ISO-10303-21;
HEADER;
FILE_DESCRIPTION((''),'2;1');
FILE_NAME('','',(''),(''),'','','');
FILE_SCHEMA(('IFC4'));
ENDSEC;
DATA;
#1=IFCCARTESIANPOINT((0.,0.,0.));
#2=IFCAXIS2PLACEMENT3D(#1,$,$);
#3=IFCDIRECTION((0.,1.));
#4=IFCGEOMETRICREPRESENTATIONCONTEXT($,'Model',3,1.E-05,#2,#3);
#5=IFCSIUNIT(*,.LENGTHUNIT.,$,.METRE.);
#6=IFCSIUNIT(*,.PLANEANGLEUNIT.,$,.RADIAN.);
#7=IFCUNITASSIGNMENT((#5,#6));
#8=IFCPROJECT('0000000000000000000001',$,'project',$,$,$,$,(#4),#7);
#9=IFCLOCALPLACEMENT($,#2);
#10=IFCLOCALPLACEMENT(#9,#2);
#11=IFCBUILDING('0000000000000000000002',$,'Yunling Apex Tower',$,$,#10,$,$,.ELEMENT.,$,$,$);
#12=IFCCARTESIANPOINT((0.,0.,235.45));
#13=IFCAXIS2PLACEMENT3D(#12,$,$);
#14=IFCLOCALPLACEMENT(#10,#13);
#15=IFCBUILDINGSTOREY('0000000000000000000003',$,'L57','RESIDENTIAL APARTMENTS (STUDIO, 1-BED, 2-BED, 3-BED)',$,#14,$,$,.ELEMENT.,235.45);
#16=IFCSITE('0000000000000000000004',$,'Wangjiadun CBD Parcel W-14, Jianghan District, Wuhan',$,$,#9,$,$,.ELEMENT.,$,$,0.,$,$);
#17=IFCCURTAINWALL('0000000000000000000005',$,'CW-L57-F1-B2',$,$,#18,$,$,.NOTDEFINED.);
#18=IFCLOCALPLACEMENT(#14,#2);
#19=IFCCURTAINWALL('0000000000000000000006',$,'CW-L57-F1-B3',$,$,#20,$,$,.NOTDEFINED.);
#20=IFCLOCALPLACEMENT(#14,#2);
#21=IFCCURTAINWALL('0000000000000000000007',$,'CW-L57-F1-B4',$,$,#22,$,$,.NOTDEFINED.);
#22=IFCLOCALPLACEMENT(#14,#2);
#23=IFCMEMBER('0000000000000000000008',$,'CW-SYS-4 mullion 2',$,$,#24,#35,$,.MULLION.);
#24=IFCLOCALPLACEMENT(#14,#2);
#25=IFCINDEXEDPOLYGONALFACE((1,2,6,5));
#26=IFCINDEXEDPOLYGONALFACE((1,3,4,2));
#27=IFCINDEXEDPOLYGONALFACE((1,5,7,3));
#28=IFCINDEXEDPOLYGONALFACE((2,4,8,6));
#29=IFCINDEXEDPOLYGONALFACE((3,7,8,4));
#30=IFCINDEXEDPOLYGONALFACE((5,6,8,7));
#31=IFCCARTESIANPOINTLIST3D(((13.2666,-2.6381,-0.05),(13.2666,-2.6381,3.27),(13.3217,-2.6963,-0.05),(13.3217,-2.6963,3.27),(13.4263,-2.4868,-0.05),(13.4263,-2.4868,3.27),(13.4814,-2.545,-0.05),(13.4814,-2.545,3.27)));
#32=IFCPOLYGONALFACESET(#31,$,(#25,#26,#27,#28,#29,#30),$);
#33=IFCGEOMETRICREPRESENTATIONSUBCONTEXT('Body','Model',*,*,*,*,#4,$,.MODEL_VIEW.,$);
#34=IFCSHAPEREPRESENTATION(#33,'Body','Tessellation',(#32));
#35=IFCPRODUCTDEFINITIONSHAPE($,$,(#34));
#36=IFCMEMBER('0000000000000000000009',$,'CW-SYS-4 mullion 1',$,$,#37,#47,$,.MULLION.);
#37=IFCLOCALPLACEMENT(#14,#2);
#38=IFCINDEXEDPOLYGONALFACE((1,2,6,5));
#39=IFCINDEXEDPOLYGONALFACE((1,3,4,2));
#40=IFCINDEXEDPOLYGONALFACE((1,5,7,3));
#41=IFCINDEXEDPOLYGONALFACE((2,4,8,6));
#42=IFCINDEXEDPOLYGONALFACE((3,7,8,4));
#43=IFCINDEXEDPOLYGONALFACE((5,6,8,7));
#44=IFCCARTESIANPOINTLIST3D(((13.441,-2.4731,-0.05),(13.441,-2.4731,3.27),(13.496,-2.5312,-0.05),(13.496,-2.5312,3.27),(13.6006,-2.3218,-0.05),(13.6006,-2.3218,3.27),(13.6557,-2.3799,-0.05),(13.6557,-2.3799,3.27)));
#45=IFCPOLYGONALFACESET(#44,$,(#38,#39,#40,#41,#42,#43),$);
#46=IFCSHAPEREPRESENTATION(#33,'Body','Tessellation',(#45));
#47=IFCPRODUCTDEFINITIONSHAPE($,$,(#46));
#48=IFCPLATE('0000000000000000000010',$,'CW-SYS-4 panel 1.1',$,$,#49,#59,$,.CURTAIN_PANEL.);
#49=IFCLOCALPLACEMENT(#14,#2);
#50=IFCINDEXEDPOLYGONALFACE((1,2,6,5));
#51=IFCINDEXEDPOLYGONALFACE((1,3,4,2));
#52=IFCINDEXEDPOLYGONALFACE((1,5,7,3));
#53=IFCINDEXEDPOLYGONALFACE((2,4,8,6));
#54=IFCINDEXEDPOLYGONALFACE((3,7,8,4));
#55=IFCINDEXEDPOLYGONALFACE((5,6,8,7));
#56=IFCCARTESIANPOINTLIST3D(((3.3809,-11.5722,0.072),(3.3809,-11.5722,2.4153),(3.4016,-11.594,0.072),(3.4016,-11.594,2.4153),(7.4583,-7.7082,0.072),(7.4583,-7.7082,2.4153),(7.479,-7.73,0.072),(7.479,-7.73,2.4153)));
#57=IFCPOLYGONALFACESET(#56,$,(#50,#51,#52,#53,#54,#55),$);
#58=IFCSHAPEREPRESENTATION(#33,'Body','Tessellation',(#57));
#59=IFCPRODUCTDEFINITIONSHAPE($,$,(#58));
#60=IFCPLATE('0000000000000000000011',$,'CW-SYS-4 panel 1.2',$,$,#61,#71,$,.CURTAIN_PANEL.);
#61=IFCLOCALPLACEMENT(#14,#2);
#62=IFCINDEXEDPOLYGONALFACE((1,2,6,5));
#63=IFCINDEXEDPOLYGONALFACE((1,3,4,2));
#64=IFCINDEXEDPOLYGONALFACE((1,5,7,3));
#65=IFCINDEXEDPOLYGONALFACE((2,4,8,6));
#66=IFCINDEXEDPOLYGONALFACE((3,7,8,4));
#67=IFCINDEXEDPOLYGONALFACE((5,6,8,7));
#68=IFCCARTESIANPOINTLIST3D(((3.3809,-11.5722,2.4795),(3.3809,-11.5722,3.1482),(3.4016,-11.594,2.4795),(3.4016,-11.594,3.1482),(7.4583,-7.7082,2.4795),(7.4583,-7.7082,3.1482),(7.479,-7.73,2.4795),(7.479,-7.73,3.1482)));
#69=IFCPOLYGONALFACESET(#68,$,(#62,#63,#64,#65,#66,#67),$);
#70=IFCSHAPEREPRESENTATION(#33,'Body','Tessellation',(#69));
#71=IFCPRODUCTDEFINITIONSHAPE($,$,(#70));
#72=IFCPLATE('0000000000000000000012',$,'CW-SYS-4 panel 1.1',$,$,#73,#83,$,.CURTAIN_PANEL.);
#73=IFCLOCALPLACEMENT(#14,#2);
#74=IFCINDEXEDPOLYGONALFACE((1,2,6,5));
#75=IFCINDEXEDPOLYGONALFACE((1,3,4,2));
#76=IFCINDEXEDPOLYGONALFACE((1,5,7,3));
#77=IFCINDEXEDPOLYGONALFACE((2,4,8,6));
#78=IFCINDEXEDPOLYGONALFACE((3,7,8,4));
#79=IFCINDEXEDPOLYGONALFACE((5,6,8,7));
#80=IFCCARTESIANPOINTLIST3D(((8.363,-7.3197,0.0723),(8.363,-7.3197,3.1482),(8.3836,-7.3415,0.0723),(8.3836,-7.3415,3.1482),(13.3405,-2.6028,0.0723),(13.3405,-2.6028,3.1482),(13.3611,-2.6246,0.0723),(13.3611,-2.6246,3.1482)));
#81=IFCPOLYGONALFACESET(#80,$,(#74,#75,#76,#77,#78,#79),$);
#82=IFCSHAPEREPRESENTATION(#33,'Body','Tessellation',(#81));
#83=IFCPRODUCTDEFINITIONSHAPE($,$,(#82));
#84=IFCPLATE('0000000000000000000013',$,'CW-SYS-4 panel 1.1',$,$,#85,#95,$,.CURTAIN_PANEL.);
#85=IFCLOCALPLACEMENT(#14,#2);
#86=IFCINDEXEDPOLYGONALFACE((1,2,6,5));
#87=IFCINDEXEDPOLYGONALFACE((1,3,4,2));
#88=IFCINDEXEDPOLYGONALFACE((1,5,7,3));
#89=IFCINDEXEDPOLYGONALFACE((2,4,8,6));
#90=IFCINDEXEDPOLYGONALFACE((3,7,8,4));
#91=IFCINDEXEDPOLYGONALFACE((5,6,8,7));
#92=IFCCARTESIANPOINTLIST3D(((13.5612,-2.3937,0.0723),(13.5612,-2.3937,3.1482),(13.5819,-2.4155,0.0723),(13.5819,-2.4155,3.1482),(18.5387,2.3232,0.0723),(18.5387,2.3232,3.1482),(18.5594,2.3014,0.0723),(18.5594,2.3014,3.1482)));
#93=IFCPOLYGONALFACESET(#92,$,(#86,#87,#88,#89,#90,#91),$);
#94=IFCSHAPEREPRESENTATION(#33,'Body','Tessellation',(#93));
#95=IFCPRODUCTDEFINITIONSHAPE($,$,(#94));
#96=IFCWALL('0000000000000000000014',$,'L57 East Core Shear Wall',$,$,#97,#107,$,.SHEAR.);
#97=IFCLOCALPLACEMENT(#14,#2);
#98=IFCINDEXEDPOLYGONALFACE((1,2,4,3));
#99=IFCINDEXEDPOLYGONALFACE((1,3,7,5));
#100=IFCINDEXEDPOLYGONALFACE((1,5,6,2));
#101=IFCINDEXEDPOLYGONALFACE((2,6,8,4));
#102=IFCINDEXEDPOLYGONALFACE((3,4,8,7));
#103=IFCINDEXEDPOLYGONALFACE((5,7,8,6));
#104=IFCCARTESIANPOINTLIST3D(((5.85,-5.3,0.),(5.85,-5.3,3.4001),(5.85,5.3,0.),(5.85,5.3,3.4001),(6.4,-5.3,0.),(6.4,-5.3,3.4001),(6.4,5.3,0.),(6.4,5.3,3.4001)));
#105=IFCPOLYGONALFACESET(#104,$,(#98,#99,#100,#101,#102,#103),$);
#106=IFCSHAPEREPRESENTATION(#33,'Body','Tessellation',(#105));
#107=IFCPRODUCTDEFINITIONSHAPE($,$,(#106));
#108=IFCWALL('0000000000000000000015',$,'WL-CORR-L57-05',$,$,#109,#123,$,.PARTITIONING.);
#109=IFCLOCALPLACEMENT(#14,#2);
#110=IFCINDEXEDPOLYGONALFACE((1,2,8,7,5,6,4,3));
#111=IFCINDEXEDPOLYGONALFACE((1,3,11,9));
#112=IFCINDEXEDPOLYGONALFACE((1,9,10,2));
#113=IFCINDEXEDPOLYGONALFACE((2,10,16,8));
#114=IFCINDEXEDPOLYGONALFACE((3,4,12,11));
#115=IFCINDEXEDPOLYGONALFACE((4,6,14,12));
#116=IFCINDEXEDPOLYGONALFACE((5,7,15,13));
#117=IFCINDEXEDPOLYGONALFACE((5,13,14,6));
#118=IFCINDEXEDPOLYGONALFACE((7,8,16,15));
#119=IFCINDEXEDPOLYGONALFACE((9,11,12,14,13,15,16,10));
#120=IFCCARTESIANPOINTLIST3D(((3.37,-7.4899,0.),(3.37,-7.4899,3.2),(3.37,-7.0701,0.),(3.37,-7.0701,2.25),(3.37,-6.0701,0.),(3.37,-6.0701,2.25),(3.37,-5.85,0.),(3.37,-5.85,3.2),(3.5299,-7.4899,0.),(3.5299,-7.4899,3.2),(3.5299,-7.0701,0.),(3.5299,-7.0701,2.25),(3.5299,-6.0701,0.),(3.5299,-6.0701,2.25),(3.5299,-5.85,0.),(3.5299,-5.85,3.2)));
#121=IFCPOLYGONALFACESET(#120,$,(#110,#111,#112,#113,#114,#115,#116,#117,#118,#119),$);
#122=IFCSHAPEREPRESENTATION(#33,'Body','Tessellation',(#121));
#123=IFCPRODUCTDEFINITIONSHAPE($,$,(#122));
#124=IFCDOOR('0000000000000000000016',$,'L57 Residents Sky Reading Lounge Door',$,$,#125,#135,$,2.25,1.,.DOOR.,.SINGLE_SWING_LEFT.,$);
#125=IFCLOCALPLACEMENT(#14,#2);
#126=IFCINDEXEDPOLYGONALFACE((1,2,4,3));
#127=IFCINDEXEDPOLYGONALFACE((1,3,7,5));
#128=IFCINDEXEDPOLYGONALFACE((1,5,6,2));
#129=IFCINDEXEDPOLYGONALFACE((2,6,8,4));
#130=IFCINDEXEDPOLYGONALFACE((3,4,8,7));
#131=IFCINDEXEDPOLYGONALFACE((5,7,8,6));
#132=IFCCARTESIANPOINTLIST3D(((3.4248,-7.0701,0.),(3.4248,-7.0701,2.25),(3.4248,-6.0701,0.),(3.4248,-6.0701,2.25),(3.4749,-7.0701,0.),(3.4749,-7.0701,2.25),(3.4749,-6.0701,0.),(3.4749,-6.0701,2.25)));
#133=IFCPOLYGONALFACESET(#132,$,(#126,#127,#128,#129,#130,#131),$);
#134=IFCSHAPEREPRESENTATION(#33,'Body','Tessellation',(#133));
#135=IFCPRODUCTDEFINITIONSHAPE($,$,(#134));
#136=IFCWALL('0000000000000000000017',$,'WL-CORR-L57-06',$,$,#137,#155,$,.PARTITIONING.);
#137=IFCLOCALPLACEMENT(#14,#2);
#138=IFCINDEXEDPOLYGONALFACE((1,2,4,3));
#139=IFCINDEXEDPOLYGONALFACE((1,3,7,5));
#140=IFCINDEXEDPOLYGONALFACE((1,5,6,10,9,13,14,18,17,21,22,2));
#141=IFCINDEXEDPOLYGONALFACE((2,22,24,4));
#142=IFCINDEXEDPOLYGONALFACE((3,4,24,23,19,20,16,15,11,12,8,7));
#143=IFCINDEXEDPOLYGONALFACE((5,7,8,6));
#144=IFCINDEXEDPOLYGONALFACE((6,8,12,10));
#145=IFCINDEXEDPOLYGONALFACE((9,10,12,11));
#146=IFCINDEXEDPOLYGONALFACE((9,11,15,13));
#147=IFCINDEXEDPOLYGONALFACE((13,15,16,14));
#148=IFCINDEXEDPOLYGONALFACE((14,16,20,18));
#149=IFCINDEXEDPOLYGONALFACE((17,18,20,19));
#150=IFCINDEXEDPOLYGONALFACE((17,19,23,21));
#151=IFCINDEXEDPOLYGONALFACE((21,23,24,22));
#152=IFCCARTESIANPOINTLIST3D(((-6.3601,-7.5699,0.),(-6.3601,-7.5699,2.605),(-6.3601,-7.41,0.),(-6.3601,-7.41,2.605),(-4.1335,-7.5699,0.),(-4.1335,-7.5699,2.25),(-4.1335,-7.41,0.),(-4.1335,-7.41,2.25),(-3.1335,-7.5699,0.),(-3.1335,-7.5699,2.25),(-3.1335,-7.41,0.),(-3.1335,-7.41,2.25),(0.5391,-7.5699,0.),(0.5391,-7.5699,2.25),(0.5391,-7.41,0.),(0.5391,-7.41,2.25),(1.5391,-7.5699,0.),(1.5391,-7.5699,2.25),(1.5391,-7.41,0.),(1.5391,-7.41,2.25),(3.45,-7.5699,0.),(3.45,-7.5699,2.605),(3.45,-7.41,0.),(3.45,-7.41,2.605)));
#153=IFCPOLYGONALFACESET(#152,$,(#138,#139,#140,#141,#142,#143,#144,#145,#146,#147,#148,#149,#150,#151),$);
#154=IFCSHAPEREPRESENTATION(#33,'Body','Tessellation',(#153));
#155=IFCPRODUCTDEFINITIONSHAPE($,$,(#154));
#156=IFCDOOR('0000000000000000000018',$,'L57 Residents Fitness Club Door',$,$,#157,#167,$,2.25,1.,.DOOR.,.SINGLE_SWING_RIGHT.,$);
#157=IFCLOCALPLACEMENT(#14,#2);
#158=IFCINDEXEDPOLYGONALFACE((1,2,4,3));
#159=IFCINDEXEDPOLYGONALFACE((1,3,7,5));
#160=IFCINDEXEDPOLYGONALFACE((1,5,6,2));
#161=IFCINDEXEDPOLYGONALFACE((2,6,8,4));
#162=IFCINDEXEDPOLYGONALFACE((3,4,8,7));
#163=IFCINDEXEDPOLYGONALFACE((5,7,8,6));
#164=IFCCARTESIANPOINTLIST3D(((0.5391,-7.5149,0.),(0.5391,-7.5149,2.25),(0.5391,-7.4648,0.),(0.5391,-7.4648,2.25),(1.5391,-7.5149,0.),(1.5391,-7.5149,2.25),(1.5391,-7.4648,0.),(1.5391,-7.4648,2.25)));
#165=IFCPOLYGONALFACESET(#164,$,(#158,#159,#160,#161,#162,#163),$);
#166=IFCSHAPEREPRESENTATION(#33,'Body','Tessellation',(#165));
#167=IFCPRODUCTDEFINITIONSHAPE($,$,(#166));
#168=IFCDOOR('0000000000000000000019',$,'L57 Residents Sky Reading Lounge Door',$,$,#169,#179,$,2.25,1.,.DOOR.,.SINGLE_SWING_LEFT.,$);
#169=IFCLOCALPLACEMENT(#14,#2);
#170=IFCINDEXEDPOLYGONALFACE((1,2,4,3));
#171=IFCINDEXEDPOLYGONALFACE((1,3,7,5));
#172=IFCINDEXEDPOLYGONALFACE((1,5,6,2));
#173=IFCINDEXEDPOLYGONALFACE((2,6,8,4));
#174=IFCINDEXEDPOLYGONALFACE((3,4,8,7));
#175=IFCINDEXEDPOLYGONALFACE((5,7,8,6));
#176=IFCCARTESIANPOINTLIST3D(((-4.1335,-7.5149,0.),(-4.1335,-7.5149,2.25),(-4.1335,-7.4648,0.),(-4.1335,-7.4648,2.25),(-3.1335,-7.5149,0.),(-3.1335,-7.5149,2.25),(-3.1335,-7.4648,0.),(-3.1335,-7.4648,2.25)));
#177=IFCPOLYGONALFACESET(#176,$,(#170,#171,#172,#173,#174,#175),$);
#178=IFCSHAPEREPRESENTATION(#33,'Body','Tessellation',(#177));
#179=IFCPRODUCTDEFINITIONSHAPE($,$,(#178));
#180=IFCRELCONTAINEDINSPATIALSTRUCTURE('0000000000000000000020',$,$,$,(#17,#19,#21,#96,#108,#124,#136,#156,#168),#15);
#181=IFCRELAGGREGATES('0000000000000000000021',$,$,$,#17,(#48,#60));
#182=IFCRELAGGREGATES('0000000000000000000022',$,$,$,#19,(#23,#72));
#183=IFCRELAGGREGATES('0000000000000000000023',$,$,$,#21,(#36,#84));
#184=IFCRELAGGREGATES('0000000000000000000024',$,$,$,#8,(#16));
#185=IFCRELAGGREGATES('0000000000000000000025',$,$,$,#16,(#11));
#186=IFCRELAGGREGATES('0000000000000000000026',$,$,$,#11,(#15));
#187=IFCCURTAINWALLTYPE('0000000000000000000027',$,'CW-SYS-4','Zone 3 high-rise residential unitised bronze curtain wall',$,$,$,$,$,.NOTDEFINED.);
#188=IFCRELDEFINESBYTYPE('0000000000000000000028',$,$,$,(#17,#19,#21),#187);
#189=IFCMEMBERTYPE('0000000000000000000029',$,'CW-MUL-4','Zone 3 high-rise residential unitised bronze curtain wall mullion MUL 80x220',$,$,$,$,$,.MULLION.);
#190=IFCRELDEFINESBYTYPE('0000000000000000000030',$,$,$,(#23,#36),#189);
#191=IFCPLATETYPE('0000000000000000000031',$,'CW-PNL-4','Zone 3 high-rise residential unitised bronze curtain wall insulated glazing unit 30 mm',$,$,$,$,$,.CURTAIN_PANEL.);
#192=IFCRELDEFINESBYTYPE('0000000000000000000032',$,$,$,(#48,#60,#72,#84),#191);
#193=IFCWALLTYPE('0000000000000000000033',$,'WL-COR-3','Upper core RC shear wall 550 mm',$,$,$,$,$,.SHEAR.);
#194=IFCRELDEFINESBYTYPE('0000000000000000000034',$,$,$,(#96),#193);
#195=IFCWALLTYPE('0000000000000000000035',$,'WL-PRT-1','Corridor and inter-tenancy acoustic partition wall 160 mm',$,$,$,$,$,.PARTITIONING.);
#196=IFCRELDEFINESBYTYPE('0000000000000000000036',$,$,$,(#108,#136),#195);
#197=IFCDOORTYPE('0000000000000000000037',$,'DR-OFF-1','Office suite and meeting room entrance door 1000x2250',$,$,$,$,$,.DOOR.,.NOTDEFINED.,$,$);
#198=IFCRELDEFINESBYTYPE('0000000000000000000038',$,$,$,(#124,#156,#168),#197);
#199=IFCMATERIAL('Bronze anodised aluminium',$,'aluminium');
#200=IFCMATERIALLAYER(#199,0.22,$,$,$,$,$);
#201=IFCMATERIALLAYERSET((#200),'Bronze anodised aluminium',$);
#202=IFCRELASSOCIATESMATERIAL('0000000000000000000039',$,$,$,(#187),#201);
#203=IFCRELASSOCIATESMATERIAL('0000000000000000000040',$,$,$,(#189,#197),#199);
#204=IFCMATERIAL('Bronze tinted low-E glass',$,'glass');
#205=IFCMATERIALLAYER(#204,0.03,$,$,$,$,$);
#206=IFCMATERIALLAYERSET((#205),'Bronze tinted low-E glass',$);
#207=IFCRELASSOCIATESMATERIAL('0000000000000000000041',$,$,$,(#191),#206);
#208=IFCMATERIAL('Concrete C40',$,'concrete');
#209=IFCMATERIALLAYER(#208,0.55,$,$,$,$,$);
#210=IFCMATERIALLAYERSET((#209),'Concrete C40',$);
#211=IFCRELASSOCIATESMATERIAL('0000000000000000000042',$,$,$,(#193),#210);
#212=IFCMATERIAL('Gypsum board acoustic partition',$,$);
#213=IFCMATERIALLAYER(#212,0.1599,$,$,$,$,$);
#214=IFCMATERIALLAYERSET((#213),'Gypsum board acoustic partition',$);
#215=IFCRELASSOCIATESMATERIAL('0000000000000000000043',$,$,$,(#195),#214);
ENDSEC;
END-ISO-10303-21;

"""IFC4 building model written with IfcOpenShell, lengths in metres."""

from ifc_helpers import new_model, si_unit, direction, frame, frame_2d, origin, origin_2d, place, context, subcontext, project, spatial, rectangle, extrude, source, transform, mapped, material, layer, layer_set, material_profile, profile_set, type_object, element, fill, aggregate, save


model = new_model("IFC4")

# Units and contexts
model_context = context("Model", 3, precision=1e-05, world=origin(), true_north=direction((0.0, 1.0)))
body_context = subcontext(model_context, "Body", "Model", "MODEL_VIEW")
ifc_project = project(units=[si_unit("LENGTHUNIT", "METRE"), si_unit("PLANEANGLEUNIT", "RADIAN")], contexts=[model_context])

# Site, building, storey
site_placement = place(None, origin())
site = spatial("IfcSite", under=ifc_project, at=site_placement, Name="Wangjiadun CBD Parcel W-14, Jianghan District, Wuhan", CompositionType="ELEMENT", RefElevation=0.0)
building_placement = place(site_placement, origin())
building = spatial("IfcBuilding", under=site, at=building_placement, Name="Yunling Apex Tower", CompositionType="ELEMENT")
storey_placement = place(building_placement, frame((0.0, 0.0, 235.45)))
storey = spatial("IfcBuildingStorey", under=building, at=storey_placement, Name="L57", Description="RESIDENTIAL APARTMENTS (STUDIO, 1-BED, 2-BED, 3-BED)", CompositionType="ELEMENT", Elevation=235.45)

# Curtain walls
ifc_material_1 = material(Name="Bronze anodised aluminium", Category="aluminium")
ifc_layer_1 = layer(ifc_material_1, 0.22)
ifc_layer_set_1 = layer_set([ifc_layer_1], Name="Bronze anodised aluminium")
curtain_wall_type = type_object("IfcCurtainWallType", Name="CW-SYS-4", Description="Zone 3 high-rise residential unitised bronze curtain wall", PredefinedType="NOTDEFINED", material=ifc_layer_set_1)
curtain_wall_1_placement = place(storey_placement, origin())
curtain_wall_1 = element("IfcCurtainWall", 1, at=curtain_wall_1_placement, inside=storey, type_object=curtain_wall_type, Name="CW-L57-F1-B2", PredefinedType="NOTDEFINED")
curtain_wall_2_placement = place(storey_placement, origin())
curtain_wall_2 = element("IfcCurtainWall", 2, at=curtain_wall_2_placement, inside=storey, type_object=curtain_wall_type, Name="CW-L57-F1-B3", PredefinedType="NOTDEFINED")
curtain_wall_3_placement = place(storey_placement, origin())
curtain_wall_3 = element("IfcCurtainWall", 3, at=curtain_wall_3_placement, inside=storey, type_object=curtain_wall_type, Name="CW-L57-F1-B4", PredefinedType="NOTDEFINED")

# Members
ifc_material_profile_1 = material_profile(ifc_material_1, rectangle(XDim=0.0801, YDim=0.22, at=origin_2d()))
ifc_profile_set_1 = profile_set([ifc_material_profile_1], Name="Bronze anodised aluminium")
member_type_1 = type_object("IfcMemberType", Name="CW-MUL-4", Description="Zone 3 high-rise residential unitised bronze curtain wall mullion MUL 80x220", PredefinedType="MULLION", material=ifc_profile_set_1)
shared_shape_1 = source(origin(), body_context, "Body", "SweptSolid", [
    extrude(rectangle(XDim=0.0801, YDim=0.22, at=origin_2d()), origin(), (0.0, 0.0, 1.0), 3.3201),
])
member_1_placement = place(storey_placement, frame((13.374, -2.5916, -0.05), z_axis=(0.0, 0.0, 1.0), x_axis=(-0.687848, 0.725855, 0.0)))
member_1 = element("IfcMember", 4, at=member_1_placement, type_object=member_type_1, Name="CW-SYS-4 mullion 2", PredefinedType="MULLION", context=body_context, shape_type="MappedRepresentation", body=[
    mapped(shared_shape_1, transform((0.0, 0.0, 0.0), scale=1.0)),
])
member_2_placement = place(storey_placement, frame((13.5483, -2.4265, -0.05), z_axis=(0.0, 0.0, 1.0), x_axis=(-0.687848, 0.725855, 0.0)))
member_2 = element("IfcMember", 5, at=member_2_placement, type_object=member_type_1, Name="CW-SYS-4 mullion 1", PredefinedType="MULLION", context=body_context, shape_type="MappedRepresentation", body=[
    mapped(shared_shape_1, transform((0.0, 0.0, 0.0), scale=1.0)),
])

# Plates
ifc_material_2 = material(Name="Bronze tinted low-E glass", Category="glass")
ifc_layer_2 = layer(ifc_material_2, 0.03)
ifc_layer_set_2 = layer_set([ifc_layer_2], Name="Bronze tinted low-E glass")
plate_type = type_object("IfcPlateType", Name="CW-PNL-4", Description="Zone 3 high-rise residential unitised bronze curtain wall insulated glazing unit 30 mm", PredefinedType="CURTAIN_PANEL", material=ifc_layer_set_2)
shared_shape_2 = source(origin(), body_context, "Body", "SweptSolid", [
    extrude(rectangle(XDim=5.6174, YDim=0.03, at=origin_2d()), origin(), (0.0, 0.0, 1.0), 2.3433),
])
plate_1_placement = place(storey_placement, frame((5.4299, -9.6511, 0.072), z_axis=(0.0, 0.0, 1.0), x_axis=(0.725849, 0.687854, 0.0)))
plate_1 = element("IfcPlate", 6, at=plate_1_placement, type_object=plate_type, Name="CW-SYS-4 panel 1.1", PredefinedType="CURTAIN_PANEL", context=body_context, shape_type="MappedRepresentation", body=[
    mapped(shared_shape_2, transform((0.0, 0.0, 0.0), scale=1.0)),
])
shared_shape_3 = source(origin(), body_context, "Body", "SweptSolid", [
    extrude(rectangle(XDim=5.6174, YDim=0.03, at=origin_2d()), origin(), (0.0, 0.0, 1.0), 0.6687),
])
plate_2_placement = place(storey_placement, frame((5.4299, -9.6511, 2.4795), z_axis=(0.0, 0.0, 1.0), x_axis=(0.725849, 0.687854, 0.0)))
plate_2 = element("IfcPlate", 7, at=plate_2_placement, type_object=plate_type, Name="CW-SYS-4 panel 1.2", PredefinedType="CURTAIN_PANEL", context=body_context, shape_type="MappedRepresentation", body=[
    mapped(shared_shape_3, transform((0.0, 0.0, 0.0), scale=1.0)),
])
aggregate(curtain_wall_1, [plate_1, plate_2])
shared_shape_4 = source(origin(), body_context, "Body", "SweptSolid", [
    extrude(rectangle(XDim=6.8574, YDim=0.03, at=origin_2d()), origin(), (0.0, 0.0, 1.0), 3.0759),
])
plate_3_placement = place(storey_placement, frame((10.8621, -4.9722, 0.0723), z_axis=(0.0, 0.0, 1.0), x_axis=(0.725855, 0.687848, 0.0)))
plate_3 = element("IfcPlate", 8, at=plate_3_placement, type_object=plate_type, Name="CW-SYS-4 panel 1.1", PredefinedType="CURTAIN_PANEL", context=body_context, shape_type="MappedRepresentation", body=[
    mapped(shared_shape_4, transform((0.0, 0.0, 0.0), scale=1.0)),
])
aggregate(curtain_wall_2, [member_1, plate_3])
plate_4_placement = place(storey_placement, frame((16.0603, -0.0461, 0.0723), z_axis=(0.0, 0.0, 1.0), x_axis=(0.725855, 0.687848, 0.0)))
plate_4 = element("IfcPlate", 9, at=plate_4_placement, type_object=plate_type, Name="CW-SYS-4 panel 1.1", PredefinedType="CURTAIN_PANEL", context=body_context, shape_type="MappedRepresentation", body=[
    mapped(shared_shape_4, transform((0.0, 0.0, 0.0), scale=1.0)),
])
aggregate(curtain_wall_3, [member_2, plate_4])

# Wall
ifc_material_3 = material(Name="Concrete C40", Category="concrete")
ifc_layer_3 = layer(ifc_material_3, 0.55)
ifc_layer_set_3 = layer_set([ifc_layer_3], Name="Concrete C40")
wall_type_1 = type_object("IfcWallType", Name="WL-COR-3", Description="Upper core RC shear wall 550 mm", PredefinedType="SHEAR", material=ifc_layer_set_3)
wall_1_placement = place(storey_placement, frame((6.125, -5.3, 0.0), z_axis=(0.0, 0.0, 1.0), x_axis=(0.0, 1.0, 0.0)))
element("IfcWall", 10, at=wall_1_placement, inside=storey, type_object=wall_type_1, Name="L57 East Core Shear Wall", PredefinedType="SHEAR", context=body_context, shape_type="SweptSolid", body=[
    extrude(rectangle(XDim=10.6001, YDim=0.55, at=frame_2d((5.3, 0.0))), origin(), (0.0, 0.0, 1.0), 3.4001),
])

# Wall, opening, door
ifc_material_4 = material(Name="Gypsum board acoustic partition")
ifc_layer_4 = layer(ifc_material_4, 0.1599)
ifc_layer_set_4 = layer_set([ifc_layer_4], Name="Gypsum board acoustic partition")
wall_type_2 = type_object("IfcWallType", Name="WL-PRT-1", Description="Corridor and inter-tenancy acoustic partition wall 160 mm", PredefinedType="PARTITIONING", material=ifc_layer_set_4)
wall_2_placement = place(storey_placement, frame((3.45, -5.8501, 0.0), z_axis=(0.0, 0.0, 1.0), x_axis=(0.0, -1.0, 0.0)))
wall_2 = element("IfcWall", 11, at=wall_2_placement, inside=storey, type_object=wall_type_2, Name="WL-CORR-L57-05", PredefinedType="PARTITIONING", context=body_context, shape_type="SweptSolid", body=[
    extrude(rectangle(XDim=1.6399, YDim=0.1599, at=frame_2d((0.8198, 0.0))), origin(), (0.0, 0.0, 1.0), 3.2),
])
opening_1_placement = place(wall_2_placement, frame((0.22, 0.0, 0.0)))
opening_1 = element("IfcOpeningElement", 12, at=opening_1_placement, cuts=wall_2, PredefinedType="OPENING", context=body_context, shape_type="SweptSolid", body=[
    extrude(rectangle(XDim=1.0, YDim=2.25, at=frame_2d((0.5, 1.125))), frame((0.0, 0.0898, 0.0), z_axis=(0.0, -1.0, 0.0), x_axis=(1.0, 0.0, 0.0)), (0.0, 0.0, 1.0), 0.1799),
])
door_type_1 = type_object("IfcDoorType", Name="DR-OFF-1", Description="Office suite and meeting room entrance door 1000x2250", OperationType="NOTDEFINED", PredefinedType="DOOR", material=ifc_material_1)
door_1_placement = place(opening_1_placement, origin())
door_1 = element("IfcDoor", 13, at=door_1_placement, inside=storey, type_object=door_type_1, Name="L57 Residents Sky Reading Lounge Door", OperationType="SINGLE_SWING_LEFT", OverallHeight=2.25, OverallWidth=1.0, PredefinedType="DOOR", context=body_context, shape_type="SweptSolid", body=[
    extrude(rectangle(XDim=1.0, YDim=2.25, at=frame_2d((0.5, 1.125))), frame((0.0, 0.0249, 0.0), z_axis=(0.0, -1.0, 0.0), x_axis=(1.0, 0.0, 0.0)), (0.0, 0.0, 1.0), 0.05),
])
fill(opening_1, door_1)

# Wall, openings, doors
wall_3_placement = place(storey_placement, frame((3.45, -7.49, 0.0), z_axis=(0.0, 0.0, 1.0), x_axis=(-1.0, 0.0, 0.0)))
wall_3 = element("IfcWall", 14, at=wall_3_placement, inside=storey, type_object=wall_type_2, Name="WL-CORR-L57-06", PredefinedType="PARTITIONING", context=body_context, shape_type="SweptSolid", body=[
    extrude(rectangle(XDim=9.8101, YDim=0.1599, at=frame_2d((4.905, 0.0))), origin(), (0.0, 0.0, 1.0), 2.605),
])
opening_2_placement = place(wall_3_placement, frame((1.9109, 0.0, 0.0)))
opening_2 = element("IfcOpeningElement", 15, at=opening_2_placement, cuts=wall_3, PredefinedType="OPENING", context=body_context, shape_type="SweptSolid", body=[
    extrude(rectangle(XDim=1.0, YDim=2.25, at=frame_2d((0.5, 1.125))), frame((0.0, 0.0898, 0.0), z_axis=(0.0, -1.0, 0.0), x_axis=(1.0, 0.0, 0.0)), (0.0, 0.0, 1.0), 0.1799),
])
opening_3_placement = place(wall_3_placement, frame((6.5835, 0.0, 0.0)))
opening_3 = element("IfcOpeningElement", 16, at=opening_3_placement, cuts=wall_3, PredefinedType="OPENING", context=body_context, shape_type="SweptSolid", body=[
    extrude(rectangle(XDim=1.0, YDim=2.25, at=frame_2d((0.5, 1.125))), frame((0.0, 0.0898, 0.0), z_axis=(0.0, -1.0, 0.0), x_axis=(1.0, 0.0, 0.0)), (0.0, 0.0, 1.0), 0.1799),
])
door_2_placement = place(opening_2_placement, origin())
door_2 = element("IfcDoor", 17, at=door_2_placement, inside=storey, type_object=door_type_1, Name="L57 Residents Fitness Club Door", OperationType="SINGLE_SWING_RIGHT", OverallHeight=2.25, OverallWidth=1.0, PredefinedType="DOOR", context=body_context, shape_type="SweptSolid", body=[
    extrude(rectangle(XDim=1.0, YDim=2.25, at=frame_2d((0.5, 1.125))), frame((0.0, 0.0249, 0.0), z_axis=(0.0, -1.0, 0.0), x_axis=(1.0, 0.0, 0.0)), (0.0, 0.0, 1.0), 0.05),
])
fill(opening_2, door_2)
door_3_placement = place(opening_3_placement, origin())
door_3 = element("IfcDoor", 18, at=door_3_placement, inside=storey, type_object=door_type_1, Name="L57 Residents Sky Reading Lounge Door", OperationType="SINGLE_SWING_LEFT", OverallHeight=2.25, OverallWidth=1.0, PredefinedType="DOOR", context=body_context, shape_type="SweptSolid", body=[
    extrude(rectangle(XDim=1.0, YDim=2.25, at=frame_2d((0.5, 1.125))), frame((0.0, 0.0249, 0.0), z_axis=(0.0, -1.0, 0.0), x_axis=(1.0, 0.0, 0.0)), (0.0, 0.0, 1.0), 0.05),
])
fill(opening_3, door_3)

save(model, "model.ifc")
